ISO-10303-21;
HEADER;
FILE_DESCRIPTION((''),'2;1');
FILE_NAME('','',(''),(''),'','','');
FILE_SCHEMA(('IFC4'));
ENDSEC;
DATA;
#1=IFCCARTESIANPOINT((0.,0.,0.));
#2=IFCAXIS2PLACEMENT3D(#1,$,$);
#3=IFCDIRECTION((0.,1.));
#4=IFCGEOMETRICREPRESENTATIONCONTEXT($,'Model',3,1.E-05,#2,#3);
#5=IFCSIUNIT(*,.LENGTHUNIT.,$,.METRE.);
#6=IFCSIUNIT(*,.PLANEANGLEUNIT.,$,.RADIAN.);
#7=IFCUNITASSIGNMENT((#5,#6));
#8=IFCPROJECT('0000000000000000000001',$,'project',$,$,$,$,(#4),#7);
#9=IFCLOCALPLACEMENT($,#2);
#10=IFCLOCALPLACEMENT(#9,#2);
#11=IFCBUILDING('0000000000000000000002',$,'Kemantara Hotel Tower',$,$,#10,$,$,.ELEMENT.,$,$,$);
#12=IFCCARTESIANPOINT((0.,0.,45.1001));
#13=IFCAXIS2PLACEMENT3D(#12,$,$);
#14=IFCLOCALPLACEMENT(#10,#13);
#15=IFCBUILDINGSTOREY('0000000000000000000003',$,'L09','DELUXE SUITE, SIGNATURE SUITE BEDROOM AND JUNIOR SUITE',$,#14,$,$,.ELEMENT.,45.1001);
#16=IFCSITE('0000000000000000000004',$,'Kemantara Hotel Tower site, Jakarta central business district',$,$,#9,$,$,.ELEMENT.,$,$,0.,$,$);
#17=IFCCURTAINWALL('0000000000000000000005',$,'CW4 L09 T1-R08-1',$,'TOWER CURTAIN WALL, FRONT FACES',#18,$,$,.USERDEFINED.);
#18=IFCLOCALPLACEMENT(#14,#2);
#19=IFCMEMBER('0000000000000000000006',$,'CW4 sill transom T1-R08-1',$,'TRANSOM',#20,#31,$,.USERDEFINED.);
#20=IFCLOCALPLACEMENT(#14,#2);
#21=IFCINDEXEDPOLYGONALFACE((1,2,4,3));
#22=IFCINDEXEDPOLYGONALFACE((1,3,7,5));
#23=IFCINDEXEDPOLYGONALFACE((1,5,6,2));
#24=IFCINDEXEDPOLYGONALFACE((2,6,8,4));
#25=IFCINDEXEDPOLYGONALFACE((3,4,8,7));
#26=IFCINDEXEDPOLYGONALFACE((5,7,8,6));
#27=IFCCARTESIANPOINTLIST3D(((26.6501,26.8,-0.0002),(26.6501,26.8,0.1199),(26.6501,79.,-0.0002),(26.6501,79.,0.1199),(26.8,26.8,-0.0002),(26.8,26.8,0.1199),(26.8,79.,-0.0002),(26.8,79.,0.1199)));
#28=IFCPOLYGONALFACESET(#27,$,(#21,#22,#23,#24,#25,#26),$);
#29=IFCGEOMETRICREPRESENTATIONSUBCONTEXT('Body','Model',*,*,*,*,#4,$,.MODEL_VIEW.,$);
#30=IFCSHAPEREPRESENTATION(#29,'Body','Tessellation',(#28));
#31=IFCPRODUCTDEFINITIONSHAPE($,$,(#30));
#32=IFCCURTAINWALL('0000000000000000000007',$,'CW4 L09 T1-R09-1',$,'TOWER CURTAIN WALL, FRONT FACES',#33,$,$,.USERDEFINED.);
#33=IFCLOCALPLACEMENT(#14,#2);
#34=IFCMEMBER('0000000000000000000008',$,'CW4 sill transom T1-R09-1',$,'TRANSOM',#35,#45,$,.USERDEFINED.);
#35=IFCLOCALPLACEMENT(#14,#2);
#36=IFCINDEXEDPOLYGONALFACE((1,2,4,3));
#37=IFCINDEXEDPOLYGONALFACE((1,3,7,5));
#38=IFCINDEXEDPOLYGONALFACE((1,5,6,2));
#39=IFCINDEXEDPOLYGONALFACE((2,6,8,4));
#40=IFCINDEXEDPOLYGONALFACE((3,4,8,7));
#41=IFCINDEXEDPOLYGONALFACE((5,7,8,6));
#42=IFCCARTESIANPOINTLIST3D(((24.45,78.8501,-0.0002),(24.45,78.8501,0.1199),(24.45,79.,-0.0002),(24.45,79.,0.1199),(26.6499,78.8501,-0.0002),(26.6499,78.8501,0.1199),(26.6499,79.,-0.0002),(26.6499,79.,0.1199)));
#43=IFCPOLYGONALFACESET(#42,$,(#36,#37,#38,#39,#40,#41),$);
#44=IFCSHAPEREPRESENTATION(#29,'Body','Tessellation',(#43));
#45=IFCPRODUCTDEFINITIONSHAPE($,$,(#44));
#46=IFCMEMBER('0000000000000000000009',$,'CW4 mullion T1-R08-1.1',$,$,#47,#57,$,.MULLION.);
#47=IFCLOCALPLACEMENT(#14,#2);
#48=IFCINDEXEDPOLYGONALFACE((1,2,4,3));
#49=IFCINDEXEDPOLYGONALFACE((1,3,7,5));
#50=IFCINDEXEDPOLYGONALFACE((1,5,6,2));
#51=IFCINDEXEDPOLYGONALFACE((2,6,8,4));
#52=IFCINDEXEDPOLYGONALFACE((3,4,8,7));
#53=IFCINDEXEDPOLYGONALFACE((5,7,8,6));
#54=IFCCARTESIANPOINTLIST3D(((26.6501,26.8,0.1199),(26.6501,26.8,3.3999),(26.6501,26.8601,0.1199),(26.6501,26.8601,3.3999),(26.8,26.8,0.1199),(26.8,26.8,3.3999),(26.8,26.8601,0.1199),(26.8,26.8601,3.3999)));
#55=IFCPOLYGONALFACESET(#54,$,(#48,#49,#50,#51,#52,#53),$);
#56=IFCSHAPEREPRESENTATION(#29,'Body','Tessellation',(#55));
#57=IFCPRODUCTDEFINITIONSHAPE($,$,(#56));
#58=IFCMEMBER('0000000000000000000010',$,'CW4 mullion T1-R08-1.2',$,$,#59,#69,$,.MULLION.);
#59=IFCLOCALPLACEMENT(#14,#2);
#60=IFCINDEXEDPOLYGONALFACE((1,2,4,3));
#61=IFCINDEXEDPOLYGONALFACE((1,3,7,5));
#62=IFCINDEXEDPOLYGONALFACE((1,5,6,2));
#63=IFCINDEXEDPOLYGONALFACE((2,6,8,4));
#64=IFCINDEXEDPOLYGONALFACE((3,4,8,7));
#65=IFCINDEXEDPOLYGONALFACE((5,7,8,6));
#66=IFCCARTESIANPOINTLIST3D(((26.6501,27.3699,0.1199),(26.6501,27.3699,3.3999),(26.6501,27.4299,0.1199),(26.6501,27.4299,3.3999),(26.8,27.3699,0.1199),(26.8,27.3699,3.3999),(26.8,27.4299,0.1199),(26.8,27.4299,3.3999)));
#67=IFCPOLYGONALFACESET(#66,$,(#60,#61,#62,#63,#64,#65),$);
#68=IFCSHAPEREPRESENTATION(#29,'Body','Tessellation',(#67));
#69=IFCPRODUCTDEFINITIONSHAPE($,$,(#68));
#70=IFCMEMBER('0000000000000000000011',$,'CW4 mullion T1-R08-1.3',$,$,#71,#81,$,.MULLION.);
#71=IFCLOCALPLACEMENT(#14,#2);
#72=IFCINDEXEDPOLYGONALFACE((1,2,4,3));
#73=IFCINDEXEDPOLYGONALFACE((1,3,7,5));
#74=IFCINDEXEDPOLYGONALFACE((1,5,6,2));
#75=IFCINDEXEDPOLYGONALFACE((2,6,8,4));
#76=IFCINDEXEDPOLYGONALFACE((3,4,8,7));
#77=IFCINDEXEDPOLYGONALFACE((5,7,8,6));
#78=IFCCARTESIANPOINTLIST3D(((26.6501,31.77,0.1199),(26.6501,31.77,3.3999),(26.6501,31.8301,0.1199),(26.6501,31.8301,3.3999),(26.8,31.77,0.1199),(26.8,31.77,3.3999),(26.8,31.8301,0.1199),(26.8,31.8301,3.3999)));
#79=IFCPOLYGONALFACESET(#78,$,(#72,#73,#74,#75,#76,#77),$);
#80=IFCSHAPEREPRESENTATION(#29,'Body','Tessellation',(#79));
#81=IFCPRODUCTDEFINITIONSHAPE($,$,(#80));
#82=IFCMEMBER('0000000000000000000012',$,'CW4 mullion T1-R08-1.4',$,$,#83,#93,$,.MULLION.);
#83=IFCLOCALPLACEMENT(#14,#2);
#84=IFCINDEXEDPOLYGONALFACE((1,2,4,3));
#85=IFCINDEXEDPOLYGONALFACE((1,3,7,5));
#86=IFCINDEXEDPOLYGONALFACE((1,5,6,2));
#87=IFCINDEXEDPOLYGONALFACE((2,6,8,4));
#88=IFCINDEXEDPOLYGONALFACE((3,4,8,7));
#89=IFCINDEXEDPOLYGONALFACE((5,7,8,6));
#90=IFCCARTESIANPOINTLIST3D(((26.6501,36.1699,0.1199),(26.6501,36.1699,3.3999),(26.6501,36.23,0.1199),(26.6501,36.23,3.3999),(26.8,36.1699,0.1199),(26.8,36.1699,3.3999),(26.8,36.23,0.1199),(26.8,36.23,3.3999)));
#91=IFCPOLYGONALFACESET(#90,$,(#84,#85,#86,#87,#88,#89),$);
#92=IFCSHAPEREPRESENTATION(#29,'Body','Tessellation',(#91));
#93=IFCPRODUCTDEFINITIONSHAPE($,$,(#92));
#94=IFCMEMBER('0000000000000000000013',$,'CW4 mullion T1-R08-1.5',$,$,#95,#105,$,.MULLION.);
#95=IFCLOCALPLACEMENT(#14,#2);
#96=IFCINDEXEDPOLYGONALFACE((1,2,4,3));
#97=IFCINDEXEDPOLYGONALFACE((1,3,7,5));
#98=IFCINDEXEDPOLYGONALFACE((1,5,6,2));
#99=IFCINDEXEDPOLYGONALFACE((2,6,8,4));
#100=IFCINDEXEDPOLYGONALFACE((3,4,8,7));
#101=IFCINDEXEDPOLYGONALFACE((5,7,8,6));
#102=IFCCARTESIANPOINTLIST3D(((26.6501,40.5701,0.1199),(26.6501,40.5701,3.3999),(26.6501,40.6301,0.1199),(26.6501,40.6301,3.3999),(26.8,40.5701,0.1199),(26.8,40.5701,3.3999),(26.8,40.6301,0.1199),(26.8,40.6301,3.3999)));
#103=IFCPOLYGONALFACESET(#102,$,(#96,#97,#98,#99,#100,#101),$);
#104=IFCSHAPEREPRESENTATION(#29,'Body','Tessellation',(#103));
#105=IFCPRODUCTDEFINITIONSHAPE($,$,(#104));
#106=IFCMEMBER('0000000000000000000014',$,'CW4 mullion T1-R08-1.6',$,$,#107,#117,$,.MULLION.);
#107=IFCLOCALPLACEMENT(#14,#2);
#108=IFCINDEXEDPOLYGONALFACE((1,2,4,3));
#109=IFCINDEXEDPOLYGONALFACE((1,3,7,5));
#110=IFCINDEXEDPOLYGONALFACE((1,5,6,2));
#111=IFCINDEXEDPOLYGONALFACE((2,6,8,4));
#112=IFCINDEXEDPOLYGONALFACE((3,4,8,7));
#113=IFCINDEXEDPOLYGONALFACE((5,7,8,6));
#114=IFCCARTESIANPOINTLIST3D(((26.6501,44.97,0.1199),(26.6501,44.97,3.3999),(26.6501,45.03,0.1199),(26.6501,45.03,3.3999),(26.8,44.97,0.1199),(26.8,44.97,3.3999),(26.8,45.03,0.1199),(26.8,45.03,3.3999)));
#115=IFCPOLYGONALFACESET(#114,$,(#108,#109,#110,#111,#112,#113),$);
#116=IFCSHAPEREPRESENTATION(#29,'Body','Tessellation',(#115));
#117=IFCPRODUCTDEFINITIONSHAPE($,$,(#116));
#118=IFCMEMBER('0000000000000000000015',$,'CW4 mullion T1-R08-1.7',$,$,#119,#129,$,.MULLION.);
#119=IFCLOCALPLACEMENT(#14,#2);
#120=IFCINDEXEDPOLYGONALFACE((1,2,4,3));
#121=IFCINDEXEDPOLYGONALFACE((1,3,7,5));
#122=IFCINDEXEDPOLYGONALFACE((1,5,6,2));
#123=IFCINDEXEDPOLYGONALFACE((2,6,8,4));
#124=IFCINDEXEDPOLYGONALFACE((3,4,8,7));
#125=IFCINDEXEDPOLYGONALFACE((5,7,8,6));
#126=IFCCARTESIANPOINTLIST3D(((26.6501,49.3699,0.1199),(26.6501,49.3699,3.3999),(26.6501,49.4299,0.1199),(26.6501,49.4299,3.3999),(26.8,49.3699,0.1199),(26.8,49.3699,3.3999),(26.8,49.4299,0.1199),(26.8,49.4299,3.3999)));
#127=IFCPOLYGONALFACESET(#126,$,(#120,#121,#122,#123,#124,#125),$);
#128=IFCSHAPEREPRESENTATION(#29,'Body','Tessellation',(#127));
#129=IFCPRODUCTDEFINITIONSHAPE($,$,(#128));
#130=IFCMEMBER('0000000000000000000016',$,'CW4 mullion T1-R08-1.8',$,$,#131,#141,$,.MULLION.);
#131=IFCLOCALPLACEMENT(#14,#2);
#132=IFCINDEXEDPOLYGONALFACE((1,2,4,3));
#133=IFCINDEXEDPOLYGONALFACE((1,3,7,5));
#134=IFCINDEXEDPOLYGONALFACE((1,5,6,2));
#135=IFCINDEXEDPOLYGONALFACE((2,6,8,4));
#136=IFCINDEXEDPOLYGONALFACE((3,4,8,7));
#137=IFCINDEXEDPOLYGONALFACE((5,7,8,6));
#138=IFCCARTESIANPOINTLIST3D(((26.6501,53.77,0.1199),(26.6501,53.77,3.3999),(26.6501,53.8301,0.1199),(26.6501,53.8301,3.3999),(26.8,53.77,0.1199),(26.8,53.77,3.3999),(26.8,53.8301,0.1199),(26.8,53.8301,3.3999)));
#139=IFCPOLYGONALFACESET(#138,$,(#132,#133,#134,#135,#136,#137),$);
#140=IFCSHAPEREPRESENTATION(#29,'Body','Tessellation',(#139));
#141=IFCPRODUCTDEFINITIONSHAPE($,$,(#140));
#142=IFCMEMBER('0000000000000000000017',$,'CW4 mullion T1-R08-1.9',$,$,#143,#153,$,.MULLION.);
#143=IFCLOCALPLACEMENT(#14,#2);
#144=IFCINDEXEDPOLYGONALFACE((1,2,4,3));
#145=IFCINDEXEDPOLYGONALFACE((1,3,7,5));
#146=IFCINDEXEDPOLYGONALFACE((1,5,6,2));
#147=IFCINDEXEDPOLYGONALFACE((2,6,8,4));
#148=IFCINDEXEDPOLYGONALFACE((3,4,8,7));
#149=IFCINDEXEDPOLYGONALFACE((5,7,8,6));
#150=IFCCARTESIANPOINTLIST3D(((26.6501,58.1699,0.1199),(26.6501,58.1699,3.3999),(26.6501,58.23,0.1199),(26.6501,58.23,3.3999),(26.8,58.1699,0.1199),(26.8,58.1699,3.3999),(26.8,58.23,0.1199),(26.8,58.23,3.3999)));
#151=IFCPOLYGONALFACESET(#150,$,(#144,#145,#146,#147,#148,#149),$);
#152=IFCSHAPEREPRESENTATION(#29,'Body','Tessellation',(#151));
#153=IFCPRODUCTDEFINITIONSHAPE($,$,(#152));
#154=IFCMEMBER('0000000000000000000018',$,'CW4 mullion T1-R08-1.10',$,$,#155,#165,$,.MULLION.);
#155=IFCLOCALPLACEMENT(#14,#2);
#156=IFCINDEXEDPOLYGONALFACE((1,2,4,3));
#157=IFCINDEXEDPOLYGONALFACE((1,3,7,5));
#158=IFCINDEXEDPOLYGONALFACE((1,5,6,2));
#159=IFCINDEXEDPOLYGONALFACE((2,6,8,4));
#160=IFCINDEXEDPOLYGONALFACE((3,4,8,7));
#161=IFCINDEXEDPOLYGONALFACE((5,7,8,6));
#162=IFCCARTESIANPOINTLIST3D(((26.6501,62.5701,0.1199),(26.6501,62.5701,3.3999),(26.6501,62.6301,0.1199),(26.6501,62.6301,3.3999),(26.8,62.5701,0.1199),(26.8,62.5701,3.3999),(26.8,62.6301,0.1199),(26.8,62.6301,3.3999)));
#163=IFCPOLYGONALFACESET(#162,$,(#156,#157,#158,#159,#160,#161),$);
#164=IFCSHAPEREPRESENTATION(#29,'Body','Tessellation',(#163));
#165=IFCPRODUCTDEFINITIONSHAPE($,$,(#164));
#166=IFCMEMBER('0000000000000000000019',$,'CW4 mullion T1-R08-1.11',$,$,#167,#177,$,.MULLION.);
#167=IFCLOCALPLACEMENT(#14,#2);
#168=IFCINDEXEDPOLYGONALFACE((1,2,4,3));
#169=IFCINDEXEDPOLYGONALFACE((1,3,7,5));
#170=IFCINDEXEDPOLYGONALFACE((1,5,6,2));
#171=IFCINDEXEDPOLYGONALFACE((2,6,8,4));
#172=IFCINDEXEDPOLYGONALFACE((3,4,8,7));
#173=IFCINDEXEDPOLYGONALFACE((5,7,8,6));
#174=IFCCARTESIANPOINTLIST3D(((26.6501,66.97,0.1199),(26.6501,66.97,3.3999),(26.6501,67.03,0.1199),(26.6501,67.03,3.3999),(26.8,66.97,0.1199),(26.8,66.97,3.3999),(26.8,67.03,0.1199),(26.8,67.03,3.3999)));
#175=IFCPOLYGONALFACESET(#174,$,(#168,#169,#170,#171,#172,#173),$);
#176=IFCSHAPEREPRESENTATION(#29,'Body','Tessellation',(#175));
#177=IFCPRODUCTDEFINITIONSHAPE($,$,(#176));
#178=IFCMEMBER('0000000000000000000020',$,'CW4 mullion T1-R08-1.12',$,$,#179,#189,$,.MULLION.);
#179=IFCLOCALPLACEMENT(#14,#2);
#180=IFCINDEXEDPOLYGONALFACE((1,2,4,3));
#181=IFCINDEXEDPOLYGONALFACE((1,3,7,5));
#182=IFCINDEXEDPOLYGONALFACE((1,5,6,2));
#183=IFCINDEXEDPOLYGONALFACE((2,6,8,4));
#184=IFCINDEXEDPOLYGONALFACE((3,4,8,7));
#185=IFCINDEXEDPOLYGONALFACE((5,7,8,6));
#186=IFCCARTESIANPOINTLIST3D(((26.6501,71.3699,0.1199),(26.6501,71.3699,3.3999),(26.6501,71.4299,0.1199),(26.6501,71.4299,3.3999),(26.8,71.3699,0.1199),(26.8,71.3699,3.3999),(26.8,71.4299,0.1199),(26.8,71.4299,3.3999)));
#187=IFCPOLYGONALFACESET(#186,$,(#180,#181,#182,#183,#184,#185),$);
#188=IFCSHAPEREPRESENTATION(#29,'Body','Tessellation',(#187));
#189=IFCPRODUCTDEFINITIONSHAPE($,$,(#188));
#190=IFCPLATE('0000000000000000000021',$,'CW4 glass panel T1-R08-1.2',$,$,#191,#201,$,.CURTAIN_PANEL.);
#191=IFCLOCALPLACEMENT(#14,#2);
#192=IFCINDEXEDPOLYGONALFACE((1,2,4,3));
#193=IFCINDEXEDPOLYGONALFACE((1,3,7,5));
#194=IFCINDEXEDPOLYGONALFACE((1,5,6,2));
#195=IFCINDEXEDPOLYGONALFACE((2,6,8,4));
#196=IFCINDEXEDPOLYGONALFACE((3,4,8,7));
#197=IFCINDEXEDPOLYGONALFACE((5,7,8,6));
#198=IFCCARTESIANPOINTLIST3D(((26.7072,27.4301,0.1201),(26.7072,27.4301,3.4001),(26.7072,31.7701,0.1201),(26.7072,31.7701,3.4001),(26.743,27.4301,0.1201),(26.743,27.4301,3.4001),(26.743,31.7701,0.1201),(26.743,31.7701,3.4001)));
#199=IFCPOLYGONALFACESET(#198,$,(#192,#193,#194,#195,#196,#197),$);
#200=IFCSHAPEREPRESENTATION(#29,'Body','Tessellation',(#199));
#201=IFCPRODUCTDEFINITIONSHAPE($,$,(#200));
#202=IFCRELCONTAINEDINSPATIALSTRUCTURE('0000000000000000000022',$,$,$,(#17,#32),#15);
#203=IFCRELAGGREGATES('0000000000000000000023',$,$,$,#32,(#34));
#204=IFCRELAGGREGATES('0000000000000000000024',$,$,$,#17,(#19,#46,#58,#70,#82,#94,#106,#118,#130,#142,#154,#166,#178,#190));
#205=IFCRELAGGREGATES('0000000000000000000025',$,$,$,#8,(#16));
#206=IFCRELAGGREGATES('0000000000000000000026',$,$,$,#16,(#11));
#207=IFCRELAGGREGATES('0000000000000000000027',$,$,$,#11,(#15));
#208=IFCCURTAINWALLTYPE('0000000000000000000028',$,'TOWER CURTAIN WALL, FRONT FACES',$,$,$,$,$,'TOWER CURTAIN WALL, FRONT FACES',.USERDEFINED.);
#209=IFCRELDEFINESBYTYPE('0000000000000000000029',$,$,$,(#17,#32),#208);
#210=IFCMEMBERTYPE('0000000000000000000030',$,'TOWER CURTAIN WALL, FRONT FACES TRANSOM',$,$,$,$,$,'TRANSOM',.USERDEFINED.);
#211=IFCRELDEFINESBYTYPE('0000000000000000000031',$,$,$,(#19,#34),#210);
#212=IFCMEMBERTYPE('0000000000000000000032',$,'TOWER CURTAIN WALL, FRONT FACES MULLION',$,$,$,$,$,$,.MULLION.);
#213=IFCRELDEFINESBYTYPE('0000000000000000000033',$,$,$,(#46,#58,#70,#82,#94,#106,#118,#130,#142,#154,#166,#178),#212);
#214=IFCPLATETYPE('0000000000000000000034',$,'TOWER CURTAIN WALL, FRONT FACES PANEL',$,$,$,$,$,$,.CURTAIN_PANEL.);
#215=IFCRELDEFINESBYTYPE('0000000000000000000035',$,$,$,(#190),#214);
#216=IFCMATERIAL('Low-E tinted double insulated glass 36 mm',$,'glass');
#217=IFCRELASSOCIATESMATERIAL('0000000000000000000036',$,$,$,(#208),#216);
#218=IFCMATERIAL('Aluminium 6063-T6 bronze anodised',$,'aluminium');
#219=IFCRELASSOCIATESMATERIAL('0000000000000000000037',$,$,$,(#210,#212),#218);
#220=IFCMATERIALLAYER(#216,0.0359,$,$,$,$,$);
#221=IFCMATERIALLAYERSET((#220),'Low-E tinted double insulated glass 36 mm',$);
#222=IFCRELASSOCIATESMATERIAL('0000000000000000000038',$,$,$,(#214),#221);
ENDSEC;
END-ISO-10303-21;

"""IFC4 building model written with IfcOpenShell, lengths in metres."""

from ifc_helpers import new_model, si_unit, direction, frame, origin, origin_2d, place, context, subcontext, project, spatial, rectangle, extrude, source, transform, mapped, material, layer, layer_set, material_profile, profile_set, type_object, element, aggregate, save


model = new_model("IFC4")

# Units and contexts
model_context = context("Model", 3, precision=1e-05, world=origin(), true_north=direction((0.0, 1.0)))
body_context = subcontext(model_context, "Body", "Model", "MODEL_VIEW")
ifc_project = project(units=[si_unit("LENGTHUNIT", "METRE"), si_unit("PLANEANGLEUNIT", "RADIAN")], contexts=[model_context])

# Site, building, storey
site_placement = place(None, origin())
site = spatial("IfcSite", under=ifc_project, at=site_placement, Name="Kemantara Hotel Tower site, Jakarta central business district", CompositionType="ELEMENT", RefElevation=0.0)
building_placement = place(site_placement, origin())
building = spatial("IfcBuilding", under=site, at=building_placement, Name="Kemantara Hotel Tower", CompositionType="ELEMENT")
storey_placement = place(building_placement, frame((0.0, 0.0, 45.1001)))
storey = spatial("IfcBuildingStorey", under=building, at=storey_placement, Name="L09", Description="DELUXE SUITE, SIGNATURE SUITE BEDROOM AND JUNIOR SUITE", CompositionType="ELEMENT", Elevation=45.1001)

# Curtain walls, members
ifc_material_1 = material(Name="Low-E tinted double insulated glass 36 mm", Category="glass")
curtain_wall_type = type_object("IfcCurtainWallType", Name="TOWER CURTAIN WALL, FRONT FACES", ElementType="TOWER CURTAIN WALL, FRONT FACES", PredefinedType="USERDEFINED", material=ifc_material_1)
curtain_wall_1_placement = place(storey_placement, origin())
curtain_wall_1 = element("IfcCurtainWall", 1, at=curtain_wall_1_placement, inside=storey, type_object=curtain_wall_type, Name="CW4 L09 T1-R08-1", ObjectType="TOWER CURTAIN WALL, FRONT FACES", PredefinedType="USERDEFINED")
ifc_material_2 = material(Name="Aluminium 6063-T6 bronze anodised", Category="aluminium")
ifc_material_profile_1 = material_profile(ifc_material_2, rectangle(XDim=0.1499, YDim=0.1201, at=origin_2d()), Name="TOWER CURTAIN WALL, FRONT FACES TRANSOM")
ifc_profile_set_1 = profile_set([ifc_material_profile_1], Name="Aluminium 6063-T6 bronze anodised")
member_type_1 = type_object("IfcMemberType", Name="TOWER CURTAIN WALL, FRONT FACES TRANSOM", ElementType="TRANSOM", PredefinedType="USERDEFINED", material=ifc_profile_set_1)
member_1_placement = place(storey_placement, frame((26.7251, 26.8, 0.0598), z_axis=(0.0, 1.0, 0.0), x_axis=(-1.0, 0.0, 0.0)))
member_1 = element("IfcMember", 2, at=member_1_placement, type_object=member_type_1, Name="CW4 sill transom T1-R08-1", ObjectType="TRANSOM", PredefinedType="USERDEFINED", context=body_context, shape_type="SweptSolid", body=[
    extrude(rectangle(XDim=0.1499, YDim=0.1201, at=origin_2d()), origin(), (0.0, 0.0, 1.0), 52.2),
])
curtain_wall_2_placement = place(storey_placement, origin())
curtain_wall_2 = element("IfcCurtainWall", 3, at=curtain_wall_2_placement, inside=storey, type_object=curtain_wall_type, Name="CW4 L09 T1-R09-1", ObjectType="TOWER CURTAIN WALL, FRONT FACES", PredefinedType="USERDEFINED")
member_2_placement = place(storey_placement, frame((26.6499, 78.925, 0.0598), z_axis=(-1.0, 0.0, 0.0), x_axis=(0.0, -1.0, 0.0)))
member_2 = element("IfcMember", 4, at=member_2_placement, type_object=member_type_1, Name="CW4 sill transom T1-R09-1", ObjectType="TRANSOM", PredefinedType="USERDEFINED", context=body_context, shape_type="SweptSolid", body=[
    extrude(rectangle(XDim=0.1499, YDim=0.1201, at=origin_2d()), origin(), (0.0, 0.0, 1.0), 2.2),
])
aggregate(curtain_wall_2, [member_2])

# Members
ifc_material_profile_2 = material_profile(ifc_material_2, rectangle(XDim=0.1499, YDim=0.0601, at=origin_2d()), Name="TOWER CURTAIN WALL, FRONT FACES MULLION")
ifc_profile_set_2 = profile_set([ifc_material_profile_2], Name="Aluminium 6063-T6 bronze anodised")
member_type_2 = type_object("IfcMemberType", Name="TOWER CURTAIN WALL, FRONT FACES MULLION", PredefinedType="MULLION", material=ifc_profile_set_2)
shared_shape_1 = source(origin(), body_context, "Body", "SweptSolid", [
    extrude(rectangle(XDim=0.1499, YDim=0.0601, at=origin_2d()), origin(), (0.0, 0.0, 1.0), 3.28),
])
member_3_placement = place(storey_placement, frame((26.7251, 26.8301, 0.1199), z_axis=(0.0, 0.0, 1.0), x_axis=(-1.0, 0.0, 0.0)))
member_3 = element("IfcMember", 5, at=member_3_placement, type_object=member_type_2, Name="CW4 mullion T1-R08-1.1", PredefinedType="MULLION", context=body_context, shape_type="MappedRepresentation", body=[
    mapped(shared_shape_1, transform((0.0, 0.0, 0.0))),
])
member_4_placement = place(storey_placement, frame((26.7251, 27.3999, 0.1199), z_axis=(0.0, 0.0, 1.0), x_axis=(-1.0, 0.0, 0.0)))
member_4 = element("IfcMember", 6, at=member_4_placement, type_object=member_type_2, Name="CW4 mullion T1-R08-1.2", PredefinedType="MULLION", context=body_context, shape_type="MappedRepresentation", body=[
    mapped(shared_shape_1, transform((0.0, 0.0, 0.0))),
])
member_5_placement = place(storey_placement, frame((26.7251, 31.8, 0.1199), z_axis=(0.0, 0.0, 1.0), x_axis=(-1.0, 0.0, 0.0)))
member_5 = element("IfcMember", 7, at=member_5_placement, type_object=member_type_2, Name="CW4 mullion T1-R08-1.3", PredefinedType="MULLION", context=body_context, shape_type="MappedRepresentation", body=[
    mapped(shared_shape_1, transform((0.0, 0.0, 0.0))),
])
member_6_placement = place(storey_placement, frame((26.7251, 36.2, 0.1199), z_axis=(0.0, 0.0, 1.0), x_axis=(-1.0, 0.0, 0.0)))
member_6 = element("IfcMember", 8, at=member_6_placement, type_object=member_type_2, Name="CW4 mullion T1-R08-1.4", PredefinedType="MULLION", context=body_context, shape_type="MappedRepresentation", body=[
    mapped(shared_shape_1, transform((0.0, 0.0, 0.0))),
])
member_7_placement = place(storey_placement, frame((26.7251, 40.6001, 0.1199), z_axis=(0.0, 0.0, 1.0), x_axis=(-1.0, 0.0, 0.0)))
member_7 = element("IfcMember", 9, at=member_7_placement, type_object=member_type_2, Name="CW4 mullion T1-R08-1.5", PredefinedType="MULLION", context=body_context, shape_type="MappedRepresentation", body=[
    mapped(shared_shape_1, transform((0.0, 0.0, 0.0))),
])
member_8_placement = place(storey_placement, frame((26.7251, 45.0, 0.1199), z_axis=(0.0, 0.0, 1.0), x_axis=(-1.0, 0.0, 0.0)))
member_8 = element("IfcMember", 10, at=member_8_placement, type_object=member_type_2, Name="CW4 mullion T1-R08-1.6", PredefinedType="MULLION", context=body_context, shape_type="MappedRepresentation", body=[
    mapped(shared_shape_1, transform((0.0, 0.0, 0.0))),
])
member_9_placement = place(storey_placement, frame((26.7251, 49.3999, 0.1199), z_axis=(0.0, 0.0, 1.0), x_axis=(-1.0, 0.0, 0.0)))
member_9 = element("IfcMember", 11, at=member_9_placement, type_object=member_type_2, Name="CW4 mullion T1-R08-1.7", PredefinedType="MULLION", context=body_context, shape_type="MappedRepresentation", body=[
    mapped(shared_shape_1, transform((0.0, 0.0, 0.0))),
])
member_10_placement = place(storey_placement, frame((26.7251, 53.8, 0.1199), z_axis=(0.0, 0.0, 1.0), x_axis=(-1.0, 0.0, 0.0)))
member_10 = element("IfcMember", 12, at=member_10_placement, type_object=member_type_2, Name="CW4 mullion T1-R08-1.8", PredefinedType="MULLION", context=body_context, shape_type="MappedRepresentation", body=[
    mapped(shared_shape_1, transform((0.0, 0.0, 0.0))),
])
member_11_placement = place(storey_placement, frame((26.7251, 58.2, 0.1199), z_axis=(0.0, 0.0, 1.0), x_axis=(-1.0, 0.0, 0.0)))
member_11 = element("IfcMember", 13, at=member_11_placement, type_object=member_type_2, Name="CW4 mullion T1-R08-1.9", PredefinedType="MULLION", context=body_context, shape_type="MappedRepresentation", body=[
    mapped(shared_shape_1, transform((0.0, 0.0, 0.0))),
])
member_12_placement = place(storey_placement, frame((26.7251, 62.6001, 0.1199), z_axis=(0.0, 0.0, 1.0), x_axis=(-1.0, 0.0, 0.0)))
member_12 = element("IfcMember", 14, at=member_12_placement, type_object=member_type_2, Name="CW4 mullion T1-R08-1.10", PredefinedType="MULLION", context=body_context, shape_type="MappedRepresentation", body=[
    mapped(shared_shape_1, transform((0.0, 0.0, 0.0))),
])
member_13_placement = place(storey_placement, frame((26.7251, 67.0, 0.1199), z_axis=(0.0, 0.0, 1.0), x_axis=(-1.0, 0.0, 0.0)))
member_13 = element("IfcMember", 15, at=member_13_placement, type_object=member_type_2, Name="CW4 mullion T1-R08-1.11", PredefinedType="MULLION", context=body_context, shape_type="MappedRepresentation", body=[
    mapped(shared_shape_1, transform((0.0, 0.0, 0.0))),
])
member_14_placement = place(storey_placement, frame((26.7251, 71.3999, 0.1199), z_axis=(0.0, 0.0, 1.0), x_axis=(-1.0, 0.0, 0.0)))
member_14 = element("IfcMember", 16, at=member_14_placement, type_object=member_type_2, Name="CW4 mullion T1-R08-1.12", PredefinedType="MULLION", context=body_context, shape_type="MappedRepresentation", body=[
    mapped(shared_shape_1, transform((0.0, 0.0, 0.0))),
])

# Plate
ifc_layer = layer(ifc_material_1, 0.0359)
ifc_layer_set = layer_set([ifc_layer], Name="Low-E tinted double insulated glass 36 mm")
plate_type = type_object("IfcPlateType", Name="TOWER CURTAIN WALL, FRONT FACES PANEL", PredefinedType="CURTAIN_PANEL", material=ifc_layer_set)
shared_shape_2 = source(origin(), body_context, "Body", "SweptSolid", [
    extrude(rectangle(XDim=4.3401, YDim=0.0359, at=origin_2d()), origin(), (0.0, 0.0, 1.0), 3.28),
])
plate_1_placement = place(storey_placement, frame((26.7251, 29.6001, 0.1201), z_axis=(0.0, 0.0, 1.0), x_axis=(0.0, 1.0, 0.0)))
plate_1 = element("IfcPlate", 17, at=plate_1_placement, type_object=plate_type, Name="CW4 glass panel T1-R08-1.2", PredefinedType="CURTAIN_PANEL", context=body_context, shape_type="MappedRepresentation", body=[
    mapped(shared_shape_2, transform((0.0, 0.0, 0.0))),
])
aggregate(curtain_wall_1, [member_1, member_3, member_4, member_5, member_6, member_7, member_8, member_9, member_10, member_11, member_12, member_13, member_14, plate_1])

save(model, "model.ifc")
